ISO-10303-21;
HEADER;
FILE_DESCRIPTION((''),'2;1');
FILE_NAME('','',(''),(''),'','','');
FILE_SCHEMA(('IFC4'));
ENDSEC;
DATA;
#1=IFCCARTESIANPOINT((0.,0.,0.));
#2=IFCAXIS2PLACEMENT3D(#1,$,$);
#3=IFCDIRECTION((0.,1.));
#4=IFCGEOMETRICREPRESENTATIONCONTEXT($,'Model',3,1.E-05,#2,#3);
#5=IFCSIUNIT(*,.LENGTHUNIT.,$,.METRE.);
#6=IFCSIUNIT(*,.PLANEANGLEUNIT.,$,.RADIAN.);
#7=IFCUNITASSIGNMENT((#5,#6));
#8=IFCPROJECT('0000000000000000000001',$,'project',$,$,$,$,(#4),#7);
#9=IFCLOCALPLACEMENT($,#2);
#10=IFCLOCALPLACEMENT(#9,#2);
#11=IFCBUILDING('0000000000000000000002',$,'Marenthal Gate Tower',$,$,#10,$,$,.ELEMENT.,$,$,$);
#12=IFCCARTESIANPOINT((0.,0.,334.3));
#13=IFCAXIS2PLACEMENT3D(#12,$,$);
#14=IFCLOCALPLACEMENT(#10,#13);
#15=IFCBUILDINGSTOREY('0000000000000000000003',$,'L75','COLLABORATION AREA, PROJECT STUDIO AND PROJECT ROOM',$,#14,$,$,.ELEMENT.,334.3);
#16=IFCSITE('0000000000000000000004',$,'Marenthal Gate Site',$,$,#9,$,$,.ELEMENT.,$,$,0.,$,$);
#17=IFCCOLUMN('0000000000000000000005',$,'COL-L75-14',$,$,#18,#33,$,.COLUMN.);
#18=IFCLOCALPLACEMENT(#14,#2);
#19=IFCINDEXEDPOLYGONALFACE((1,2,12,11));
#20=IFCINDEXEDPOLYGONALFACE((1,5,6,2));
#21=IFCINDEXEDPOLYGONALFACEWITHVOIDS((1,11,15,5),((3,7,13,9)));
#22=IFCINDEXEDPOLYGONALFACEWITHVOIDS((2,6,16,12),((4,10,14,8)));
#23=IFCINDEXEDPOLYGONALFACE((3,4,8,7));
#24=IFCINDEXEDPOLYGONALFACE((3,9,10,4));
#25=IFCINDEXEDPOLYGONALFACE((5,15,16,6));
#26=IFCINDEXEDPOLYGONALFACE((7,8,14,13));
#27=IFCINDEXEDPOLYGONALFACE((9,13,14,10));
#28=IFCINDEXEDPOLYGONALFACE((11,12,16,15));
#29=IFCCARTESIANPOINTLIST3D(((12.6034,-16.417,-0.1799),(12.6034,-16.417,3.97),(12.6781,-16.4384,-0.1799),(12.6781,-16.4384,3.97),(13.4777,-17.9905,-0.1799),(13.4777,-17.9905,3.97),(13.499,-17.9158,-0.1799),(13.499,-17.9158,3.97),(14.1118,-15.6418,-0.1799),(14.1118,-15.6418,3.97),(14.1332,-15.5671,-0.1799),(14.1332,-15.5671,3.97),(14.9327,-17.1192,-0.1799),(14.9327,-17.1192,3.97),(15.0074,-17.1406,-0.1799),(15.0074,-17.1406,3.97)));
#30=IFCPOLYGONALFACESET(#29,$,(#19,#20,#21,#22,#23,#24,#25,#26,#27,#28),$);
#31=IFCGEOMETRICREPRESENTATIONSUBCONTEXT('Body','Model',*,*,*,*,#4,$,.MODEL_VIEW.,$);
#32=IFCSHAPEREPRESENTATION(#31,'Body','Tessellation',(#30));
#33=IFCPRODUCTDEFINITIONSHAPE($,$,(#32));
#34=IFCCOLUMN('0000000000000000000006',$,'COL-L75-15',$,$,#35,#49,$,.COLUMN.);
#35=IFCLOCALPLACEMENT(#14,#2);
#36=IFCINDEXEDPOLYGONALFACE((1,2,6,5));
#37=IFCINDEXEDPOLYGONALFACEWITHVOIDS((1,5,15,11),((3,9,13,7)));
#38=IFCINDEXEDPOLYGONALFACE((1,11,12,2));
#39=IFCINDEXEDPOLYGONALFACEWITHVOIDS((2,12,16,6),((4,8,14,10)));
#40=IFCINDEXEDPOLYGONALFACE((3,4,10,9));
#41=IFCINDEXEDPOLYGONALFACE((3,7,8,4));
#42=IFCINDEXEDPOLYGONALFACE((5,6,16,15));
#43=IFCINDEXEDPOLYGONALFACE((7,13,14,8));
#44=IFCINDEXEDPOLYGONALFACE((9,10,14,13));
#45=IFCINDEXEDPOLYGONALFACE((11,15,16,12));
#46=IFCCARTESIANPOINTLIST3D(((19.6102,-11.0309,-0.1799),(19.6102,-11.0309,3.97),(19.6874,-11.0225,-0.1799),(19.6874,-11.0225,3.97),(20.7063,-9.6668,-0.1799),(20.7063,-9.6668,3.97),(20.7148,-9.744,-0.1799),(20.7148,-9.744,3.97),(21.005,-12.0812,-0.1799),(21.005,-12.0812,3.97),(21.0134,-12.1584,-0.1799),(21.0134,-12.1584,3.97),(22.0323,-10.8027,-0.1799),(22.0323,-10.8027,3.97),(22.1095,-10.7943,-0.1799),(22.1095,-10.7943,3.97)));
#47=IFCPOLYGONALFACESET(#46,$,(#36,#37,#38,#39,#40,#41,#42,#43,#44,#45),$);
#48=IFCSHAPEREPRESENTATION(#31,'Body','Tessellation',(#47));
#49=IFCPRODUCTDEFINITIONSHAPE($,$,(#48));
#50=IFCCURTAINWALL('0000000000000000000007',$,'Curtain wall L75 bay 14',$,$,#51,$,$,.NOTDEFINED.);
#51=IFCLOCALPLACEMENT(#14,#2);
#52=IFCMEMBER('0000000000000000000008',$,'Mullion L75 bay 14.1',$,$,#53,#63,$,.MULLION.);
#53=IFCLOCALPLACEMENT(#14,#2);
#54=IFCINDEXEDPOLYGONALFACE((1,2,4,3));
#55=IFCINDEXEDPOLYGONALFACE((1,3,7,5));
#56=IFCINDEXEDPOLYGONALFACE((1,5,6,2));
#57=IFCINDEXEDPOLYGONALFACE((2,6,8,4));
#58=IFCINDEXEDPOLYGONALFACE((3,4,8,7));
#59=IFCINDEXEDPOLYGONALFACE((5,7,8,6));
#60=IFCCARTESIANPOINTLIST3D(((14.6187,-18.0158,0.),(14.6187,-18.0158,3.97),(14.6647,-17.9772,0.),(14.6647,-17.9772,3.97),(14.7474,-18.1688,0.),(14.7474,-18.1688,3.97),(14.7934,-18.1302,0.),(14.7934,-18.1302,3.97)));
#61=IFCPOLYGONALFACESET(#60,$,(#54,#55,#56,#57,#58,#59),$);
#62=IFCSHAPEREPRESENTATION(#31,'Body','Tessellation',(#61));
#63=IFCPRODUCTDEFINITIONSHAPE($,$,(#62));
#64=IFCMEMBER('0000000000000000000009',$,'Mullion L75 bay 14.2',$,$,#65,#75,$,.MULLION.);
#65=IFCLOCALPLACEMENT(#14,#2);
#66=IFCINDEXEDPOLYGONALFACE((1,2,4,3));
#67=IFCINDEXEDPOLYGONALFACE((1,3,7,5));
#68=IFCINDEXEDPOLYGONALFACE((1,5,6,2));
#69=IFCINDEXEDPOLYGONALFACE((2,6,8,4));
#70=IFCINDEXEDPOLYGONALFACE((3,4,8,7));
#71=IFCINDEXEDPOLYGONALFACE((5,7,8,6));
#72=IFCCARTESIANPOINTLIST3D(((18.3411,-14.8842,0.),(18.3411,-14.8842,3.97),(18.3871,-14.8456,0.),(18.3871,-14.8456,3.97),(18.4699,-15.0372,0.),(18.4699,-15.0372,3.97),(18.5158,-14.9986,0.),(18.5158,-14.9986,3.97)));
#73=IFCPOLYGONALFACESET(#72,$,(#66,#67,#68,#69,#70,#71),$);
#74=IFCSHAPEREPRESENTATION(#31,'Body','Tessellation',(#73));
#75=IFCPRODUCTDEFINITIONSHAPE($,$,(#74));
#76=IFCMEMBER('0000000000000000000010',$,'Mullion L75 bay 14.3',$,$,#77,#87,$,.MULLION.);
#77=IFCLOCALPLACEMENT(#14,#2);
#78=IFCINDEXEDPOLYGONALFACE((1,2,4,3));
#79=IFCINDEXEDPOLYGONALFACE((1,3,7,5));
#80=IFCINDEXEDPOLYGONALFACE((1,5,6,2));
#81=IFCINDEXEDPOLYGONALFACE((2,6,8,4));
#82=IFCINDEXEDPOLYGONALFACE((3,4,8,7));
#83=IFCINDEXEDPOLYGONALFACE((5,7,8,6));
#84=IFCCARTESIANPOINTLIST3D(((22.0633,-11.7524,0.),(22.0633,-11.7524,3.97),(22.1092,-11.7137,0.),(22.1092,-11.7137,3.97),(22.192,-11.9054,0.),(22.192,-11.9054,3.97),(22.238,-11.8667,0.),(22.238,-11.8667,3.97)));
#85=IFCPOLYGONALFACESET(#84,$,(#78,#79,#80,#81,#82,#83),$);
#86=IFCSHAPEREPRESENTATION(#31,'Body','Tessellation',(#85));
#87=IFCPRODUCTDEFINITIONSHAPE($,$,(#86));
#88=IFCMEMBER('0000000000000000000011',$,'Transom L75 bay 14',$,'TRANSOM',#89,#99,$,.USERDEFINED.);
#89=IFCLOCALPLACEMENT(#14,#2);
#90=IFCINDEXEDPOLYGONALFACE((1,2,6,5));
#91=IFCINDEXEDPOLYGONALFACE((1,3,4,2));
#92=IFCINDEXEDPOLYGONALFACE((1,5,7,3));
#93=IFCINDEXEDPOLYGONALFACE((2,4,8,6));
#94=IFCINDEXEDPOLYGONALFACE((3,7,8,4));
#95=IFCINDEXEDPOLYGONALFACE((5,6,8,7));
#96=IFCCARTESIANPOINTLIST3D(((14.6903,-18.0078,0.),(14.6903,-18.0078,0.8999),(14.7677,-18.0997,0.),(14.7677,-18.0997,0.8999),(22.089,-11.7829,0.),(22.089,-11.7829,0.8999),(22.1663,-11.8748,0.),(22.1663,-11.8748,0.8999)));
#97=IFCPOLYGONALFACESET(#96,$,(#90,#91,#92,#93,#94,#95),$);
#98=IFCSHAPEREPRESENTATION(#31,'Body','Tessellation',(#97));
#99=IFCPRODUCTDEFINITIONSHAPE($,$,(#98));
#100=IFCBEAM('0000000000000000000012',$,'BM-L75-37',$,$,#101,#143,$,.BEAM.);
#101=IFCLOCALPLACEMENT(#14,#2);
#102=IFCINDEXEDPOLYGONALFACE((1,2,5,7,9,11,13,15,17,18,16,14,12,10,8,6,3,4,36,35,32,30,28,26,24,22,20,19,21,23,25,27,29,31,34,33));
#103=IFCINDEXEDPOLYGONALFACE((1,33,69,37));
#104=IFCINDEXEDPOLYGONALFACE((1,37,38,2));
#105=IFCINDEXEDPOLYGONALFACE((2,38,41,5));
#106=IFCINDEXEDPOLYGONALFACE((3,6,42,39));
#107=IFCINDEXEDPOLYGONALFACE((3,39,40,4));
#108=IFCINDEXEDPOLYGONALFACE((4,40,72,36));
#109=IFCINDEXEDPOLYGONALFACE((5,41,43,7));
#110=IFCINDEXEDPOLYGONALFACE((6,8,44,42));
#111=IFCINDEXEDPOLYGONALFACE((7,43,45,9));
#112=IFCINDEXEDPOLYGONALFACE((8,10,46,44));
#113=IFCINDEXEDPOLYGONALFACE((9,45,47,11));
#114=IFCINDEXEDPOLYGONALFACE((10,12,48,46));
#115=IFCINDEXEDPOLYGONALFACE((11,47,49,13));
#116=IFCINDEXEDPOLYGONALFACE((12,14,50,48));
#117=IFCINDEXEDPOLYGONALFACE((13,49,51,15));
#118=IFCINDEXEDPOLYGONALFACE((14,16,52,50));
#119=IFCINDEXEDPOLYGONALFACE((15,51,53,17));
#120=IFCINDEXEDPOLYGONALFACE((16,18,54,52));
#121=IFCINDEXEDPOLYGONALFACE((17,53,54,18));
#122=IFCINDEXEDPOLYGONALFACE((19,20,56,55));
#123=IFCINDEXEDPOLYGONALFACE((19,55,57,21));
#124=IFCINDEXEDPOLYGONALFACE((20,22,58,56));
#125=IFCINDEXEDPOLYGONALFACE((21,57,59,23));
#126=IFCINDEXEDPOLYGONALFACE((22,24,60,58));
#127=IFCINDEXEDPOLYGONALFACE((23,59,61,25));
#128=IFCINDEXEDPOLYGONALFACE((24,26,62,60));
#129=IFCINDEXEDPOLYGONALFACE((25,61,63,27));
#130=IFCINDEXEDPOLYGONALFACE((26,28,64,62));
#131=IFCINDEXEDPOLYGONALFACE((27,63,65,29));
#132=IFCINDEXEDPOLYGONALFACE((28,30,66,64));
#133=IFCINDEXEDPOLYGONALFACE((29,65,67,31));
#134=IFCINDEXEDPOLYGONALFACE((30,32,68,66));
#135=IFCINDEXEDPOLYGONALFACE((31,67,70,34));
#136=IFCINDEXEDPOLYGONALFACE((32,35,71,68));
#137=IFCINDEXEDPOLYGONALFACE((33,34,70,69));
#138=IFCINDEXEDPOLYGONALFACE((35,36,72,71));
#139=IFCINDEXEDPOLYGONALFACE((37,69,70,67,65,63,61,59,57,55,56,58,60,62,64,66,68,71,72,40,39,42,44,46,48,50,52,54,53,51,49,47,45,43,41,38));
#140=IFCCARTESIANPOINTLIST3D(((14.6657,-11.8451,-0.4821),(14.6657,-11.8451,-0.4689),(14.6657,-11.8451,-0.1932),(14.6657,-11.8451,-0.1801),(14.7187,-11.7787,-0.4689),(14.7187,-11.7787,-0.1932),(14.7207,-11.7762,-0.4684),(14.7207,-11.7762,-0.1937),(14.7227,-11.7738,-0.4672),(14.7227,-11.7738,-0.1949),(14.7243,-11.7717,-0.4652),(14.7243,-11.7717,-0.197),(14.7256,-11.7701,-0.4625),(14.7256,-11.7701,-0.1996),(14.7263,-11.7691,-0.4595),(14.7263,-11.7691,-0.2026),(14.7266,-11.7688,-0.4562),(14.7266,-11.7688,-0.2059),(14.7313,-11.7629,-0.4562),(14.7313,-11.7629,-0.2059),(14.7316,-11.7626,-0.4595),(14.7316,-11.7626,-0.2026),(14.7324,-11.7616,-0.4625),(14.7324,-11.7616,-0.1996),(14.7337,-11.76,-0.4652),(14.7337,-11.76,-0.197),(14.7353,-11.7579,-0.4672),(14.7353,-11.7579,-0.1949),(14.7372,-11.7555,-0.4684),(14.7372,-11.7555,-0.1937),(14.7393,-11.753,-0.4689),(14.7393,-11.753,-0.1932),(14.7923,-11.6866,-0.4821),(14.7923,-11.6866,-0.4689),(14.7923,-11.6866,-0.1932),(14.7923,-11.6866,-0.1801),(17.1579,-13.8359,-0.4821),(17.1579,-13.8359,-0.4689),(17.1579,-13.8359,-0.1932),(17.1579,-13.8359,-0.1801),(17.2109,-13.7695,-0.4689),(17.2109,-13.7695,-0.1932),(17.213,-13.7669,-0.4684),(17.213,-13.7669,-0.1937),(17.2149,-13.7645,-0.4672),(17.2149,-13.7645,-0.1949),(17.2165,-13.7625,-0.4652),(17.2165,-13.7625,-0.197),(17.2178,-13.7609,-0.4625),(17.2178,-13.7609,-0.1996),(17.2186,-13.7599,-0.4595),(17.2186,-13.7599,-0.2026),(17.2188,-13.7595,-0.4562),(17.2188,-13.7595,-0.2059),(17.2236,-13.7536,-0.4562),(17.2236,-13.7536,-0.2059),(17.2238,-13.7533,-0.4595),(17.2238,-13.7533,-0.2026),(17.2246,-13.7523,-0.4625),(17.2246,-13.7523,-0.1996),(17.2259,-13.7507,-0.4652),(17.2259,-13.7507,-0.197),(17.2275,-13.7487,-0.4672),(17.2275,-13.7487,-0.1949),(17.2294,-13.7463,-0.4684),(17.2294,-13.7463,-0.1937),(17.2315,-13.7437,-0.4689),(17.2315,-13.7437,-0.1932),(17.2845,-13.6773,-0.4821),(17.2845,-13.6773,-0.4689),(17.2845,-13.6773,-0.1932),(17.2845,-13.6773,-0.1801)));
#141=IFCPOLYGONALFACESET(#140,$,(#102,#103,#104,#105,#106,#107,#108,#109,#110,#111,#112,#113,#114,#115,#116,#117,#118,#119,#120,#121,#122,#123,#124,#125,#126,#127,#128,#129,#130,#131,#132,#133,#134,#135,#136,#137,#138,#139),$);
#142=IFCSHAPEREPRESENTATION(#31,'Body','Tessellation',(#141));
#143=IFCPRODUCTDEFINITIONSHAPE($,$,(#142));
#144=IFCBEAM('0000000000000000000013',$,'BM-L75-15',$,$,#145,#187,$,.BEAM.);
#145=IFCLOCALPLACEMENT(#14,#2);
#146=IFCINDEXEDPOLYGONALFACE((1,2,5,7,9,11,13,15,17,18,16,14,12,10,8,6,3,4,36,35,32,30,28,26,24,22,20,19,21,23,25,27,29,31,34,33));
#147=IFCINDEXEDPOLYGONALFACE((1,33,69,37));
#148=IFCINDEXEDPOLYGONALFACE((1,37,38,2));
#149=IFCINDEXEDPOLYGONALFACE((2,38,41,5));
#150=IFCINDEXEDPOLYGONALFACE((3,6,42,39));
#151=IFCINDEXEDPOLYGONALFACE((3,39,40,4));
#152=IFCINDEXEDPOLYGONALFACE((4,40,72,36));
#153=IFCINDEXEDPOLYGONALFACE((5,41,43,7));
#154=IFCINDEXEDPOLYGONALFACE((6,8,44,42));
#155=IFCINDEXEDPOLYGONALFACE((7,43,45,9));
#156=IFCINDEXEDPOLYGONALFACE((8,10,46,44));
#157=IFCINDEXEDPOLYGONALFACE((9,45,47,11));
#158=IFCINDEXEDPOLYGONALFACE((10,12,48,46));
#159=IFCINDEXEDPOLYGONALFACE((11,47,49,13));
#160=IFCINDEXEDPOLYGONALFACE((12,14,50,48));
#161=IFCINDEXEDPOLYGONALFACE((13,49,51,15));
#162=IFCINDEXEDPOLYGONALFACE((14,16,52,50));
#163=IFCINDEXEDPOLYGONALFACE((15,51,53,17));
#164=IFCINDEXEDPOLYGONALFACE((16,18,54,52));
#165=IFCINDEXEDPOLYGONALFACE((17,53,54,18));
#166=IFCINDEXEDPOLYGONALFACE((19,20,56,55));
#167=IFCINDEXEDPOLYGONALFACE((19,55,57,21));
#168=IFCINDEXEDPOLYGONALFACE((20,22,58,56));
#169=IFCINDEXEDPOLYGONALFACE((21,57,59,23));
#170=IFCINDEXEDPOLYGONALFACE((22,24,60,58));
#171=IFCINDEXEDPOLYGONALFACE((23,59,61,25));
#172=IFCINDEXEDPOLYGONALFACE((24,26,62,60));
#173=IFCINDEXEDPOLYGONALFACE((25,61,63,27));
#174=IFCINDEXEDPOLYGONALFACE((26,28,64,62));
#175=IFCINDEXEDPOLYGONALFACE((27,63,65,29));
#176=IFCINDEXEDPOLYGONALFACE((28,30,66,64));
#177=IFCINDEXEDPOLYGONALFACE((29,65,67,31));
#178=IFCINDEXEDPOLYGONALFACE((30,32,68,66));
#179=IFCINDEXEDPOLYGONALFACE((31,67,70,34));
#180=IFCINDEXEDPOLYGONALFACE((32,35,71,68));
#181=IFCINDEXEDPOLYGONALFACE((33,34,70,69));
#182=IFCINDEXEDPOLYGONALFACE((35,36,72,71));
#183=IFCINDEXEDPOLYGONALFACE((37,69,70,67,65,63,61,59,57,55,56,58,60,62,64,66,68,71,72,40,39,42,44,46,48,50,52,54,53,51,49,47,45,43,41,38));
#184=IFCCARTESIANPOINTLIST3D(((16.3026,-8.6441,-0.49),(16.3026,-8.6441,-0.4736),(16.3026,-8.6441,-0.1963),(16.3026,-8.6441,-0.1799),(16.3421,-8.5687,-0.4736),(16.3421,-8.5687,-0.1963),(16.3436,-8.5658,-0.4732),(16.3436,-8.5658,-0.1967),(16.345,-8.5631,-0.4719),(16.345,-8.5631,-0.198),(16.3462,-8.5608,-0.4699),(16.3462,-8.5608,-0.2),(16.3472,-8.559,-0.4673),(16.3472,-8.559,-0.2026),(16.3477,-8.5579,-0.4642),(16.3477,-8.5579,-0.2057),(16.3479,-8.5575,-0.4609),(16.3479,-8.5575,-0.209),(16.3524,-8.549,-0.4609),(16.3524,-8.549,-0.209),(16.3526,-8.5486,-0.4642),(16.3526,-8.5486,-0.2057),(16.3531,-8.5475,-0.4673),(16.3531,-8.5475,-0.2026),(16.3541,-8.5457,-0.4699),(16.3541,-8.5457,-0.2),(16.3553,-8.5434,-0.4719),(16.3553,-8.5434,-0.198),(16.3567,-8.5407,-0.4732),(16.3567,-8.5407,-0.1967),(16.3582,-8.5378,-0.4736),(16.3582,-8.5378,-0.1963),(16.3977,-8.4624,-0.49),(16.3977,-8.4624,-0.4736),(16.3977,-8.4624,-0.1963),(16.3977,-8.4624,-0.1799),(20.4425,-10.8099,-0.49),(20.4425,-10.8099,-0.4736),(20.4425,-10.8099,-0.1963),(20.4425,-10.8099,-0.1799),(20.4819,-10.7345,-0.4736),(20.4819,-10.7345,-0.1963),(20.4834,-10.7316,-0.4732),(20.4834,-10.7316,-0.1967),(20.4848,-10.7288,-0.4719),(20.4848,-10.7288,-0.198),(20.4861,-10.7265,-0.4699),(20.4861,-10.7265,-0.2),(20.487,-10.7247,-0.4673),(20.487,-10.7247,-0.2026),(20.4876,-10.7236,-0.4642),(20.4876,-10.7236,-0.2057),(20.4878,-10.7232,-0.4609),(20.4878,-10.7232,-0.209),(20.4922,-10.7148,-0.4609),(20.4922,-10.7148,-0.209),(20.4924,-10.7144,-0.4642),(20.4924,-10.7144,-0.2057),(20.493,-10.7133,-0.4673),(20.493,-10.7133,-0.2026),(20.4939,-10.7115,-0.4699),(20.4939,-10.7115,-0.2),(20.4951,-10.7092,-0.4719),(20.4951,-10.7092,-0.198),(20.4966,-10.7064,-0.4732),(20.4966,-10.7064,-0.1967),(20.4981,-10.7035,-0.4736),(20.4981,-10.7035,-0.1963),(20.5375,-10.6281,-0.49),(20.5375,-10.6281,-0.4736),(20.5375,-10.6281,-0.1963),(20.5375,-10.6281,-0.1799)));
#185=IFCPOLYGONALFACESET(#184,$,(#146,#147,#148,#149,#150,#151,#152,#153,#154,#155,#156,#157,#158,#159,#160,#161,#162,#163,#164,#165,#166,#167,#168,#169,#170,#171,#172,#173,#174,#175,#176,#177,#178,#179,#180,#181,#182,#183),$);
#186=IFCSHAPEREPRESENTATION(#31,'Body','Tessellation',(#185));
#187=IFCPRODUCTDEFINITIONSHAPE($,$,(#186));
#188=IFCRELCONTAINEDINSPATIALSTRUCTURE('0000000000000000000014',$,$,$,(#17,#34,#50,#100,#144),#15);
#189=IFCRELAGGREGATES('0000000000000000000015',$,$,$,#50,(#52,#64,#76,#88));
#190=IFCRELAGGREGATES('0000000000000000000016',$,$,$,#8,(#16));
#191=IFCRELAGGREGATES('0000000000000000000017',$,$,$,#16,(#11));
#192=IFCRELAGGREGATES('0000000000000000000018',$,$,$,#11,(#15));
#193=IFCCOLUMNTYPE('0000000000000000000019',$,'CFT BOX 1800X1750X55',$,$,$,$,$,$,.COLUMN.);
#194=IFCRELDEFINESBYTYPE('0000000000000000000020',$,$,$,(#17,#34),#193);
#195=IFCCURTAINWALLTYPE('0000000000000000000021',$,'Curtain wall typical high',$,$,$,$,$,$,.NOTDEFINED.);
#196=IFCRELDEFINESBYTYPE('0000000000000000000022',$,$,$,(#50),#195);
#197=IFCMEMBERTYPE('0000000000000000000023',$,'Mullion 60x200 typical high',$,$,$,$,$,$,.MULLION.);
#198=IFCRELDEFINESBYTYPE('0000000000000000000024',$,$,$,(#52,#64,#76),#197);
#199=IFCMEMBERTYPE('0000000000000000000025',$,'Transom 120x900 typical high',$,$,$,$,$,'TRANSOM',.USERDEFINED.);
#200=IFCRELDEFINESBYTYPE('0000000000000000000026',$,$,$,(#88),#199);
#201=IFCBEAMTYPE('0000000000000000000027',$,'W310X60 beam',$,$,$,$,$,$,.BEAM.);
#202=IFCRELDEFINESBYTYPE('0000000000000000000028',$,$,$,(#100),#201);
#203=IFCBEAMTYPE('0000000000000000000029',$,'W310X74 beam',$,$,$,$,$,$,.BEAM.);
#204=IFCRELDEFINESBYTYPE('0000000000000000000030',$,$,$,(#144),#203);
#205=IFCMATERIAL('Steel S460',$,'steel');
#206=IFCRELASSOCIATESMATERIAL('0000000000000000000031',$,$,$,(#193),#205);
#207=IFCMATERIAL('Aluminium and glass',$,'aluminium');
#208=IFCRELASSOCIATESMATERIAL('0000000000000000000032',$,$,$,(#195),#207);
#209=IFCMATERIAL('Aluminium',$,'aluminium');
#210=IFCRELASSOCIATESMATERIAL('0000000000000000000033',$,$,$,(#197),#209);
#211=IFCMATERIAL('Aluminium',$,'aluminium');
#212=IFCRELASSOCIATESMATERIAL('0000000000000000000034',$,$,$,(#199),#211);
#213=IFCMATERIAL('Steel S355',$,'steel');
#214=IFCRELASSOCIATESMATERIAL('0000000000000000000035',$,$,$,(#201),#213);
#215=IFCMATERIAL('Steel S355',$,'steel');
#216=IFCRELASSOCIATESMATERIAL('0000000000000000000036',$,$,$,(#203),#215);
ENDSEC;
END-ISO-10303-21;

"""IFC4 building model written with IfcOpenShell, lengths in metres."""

from ifc_helpers import new_model, si_unit, direction, frame, origin, origin_2d, place, context, subcontext, project, spatial, rectangle, hollow_rectangle, i_section, extrude, material, material_profile, profile_set, type_object, element, aggregate, save


model = new_model("IFC4")

# Units and contexts
model_context = context("Model", 3, precision=1e-05, world=origin(), true_north=direction((0.0, 1.0)))
body_context = subcontext(model_context, "Body", "Model", "MODEL_VIEW")
ifc_project = project(units=[si_unit("LENGTHUNIT", "METRE"), si_unit("PLANEANGLEUNIT", "RADIAN")], contexts=[model_context])

# Site, building, storey
site_placement = place(None, origin())
site = spatial("IfcSite", under=ifc_project, at=site_placement, Name="Marenthal Gate Site", CompositionType="ELEMENT", RefElevation=0.0)
building_placement = place(site_placement, origin())
building = spatial("IfcBuilding", under=site, at=building_placement, Name="Marenthal Gate Tower", CompositionType="ELEMENT")
storey_placement = place(building_placement, frame((0.0, 0.0, 334.3)))
storey = spatial("IfcBuildingStorey", under=building, at=storey_placement, Name="L75", Description="COLLABORATION AREA, PROJECT STUDIO AND PROJECT ROOM", CompositionType="ELEMENT", Elevation=334.3)

# Columns
ifc_material_1 = material(Name="Steel S460", Category="steel")
ifc_material_profile_1 = material_profile(ifc_material_1, hollow_rectangle(XDim=1.75, YDim=1.8, WallThickness=0.0549, at=origin_2d()), Name="CFT BOX 1800X1750X55")
ifc_material_2 = material(Name="Concrete 70 MPa", Category="concrete")
ifc_material_profile_2 = material_profile(ifc_material_2, rectangle(XDim=1.6399, YDim=1.6899, at=origin_2d()), Name="CFT BOX 1800X1750X55 INFILL")
ifc_profile_set_1 = profile_set([ifc_material_profile_1, ifc_material_profile_2], Name="Steel S460 shell, Concrete 70 MPa infill")
column_type = type_object("IfcColumnType", Name="CFT BOX 1800X1750X55", PredefinedType="COLUMN", material=ifc_profile_set_1)
for number, where, z_axis, x_axis, name in (
    (1, (13.8054, -16.7788, -0.1799), (0.0, 0.0, 1.0), (-0.874131, -0.48569, 0.0), "COL-L75-14"),
    (2, (20.8599, -10.9126, -0.1799), (0.0, 0.0, 1.0), (-0.626371, -0.779525, 0.0), "COL-L75-15"),
):
    element("IfcColumn", number, at=place(storey_placement, frame(where, z_axis=z_axis, x_axis=x_axis)), inside=storey, type_object=column_type, Name=name, PredefinedType="COLUMN", context=body_context, shape_type="SweptSolid", body=[
        extrude(hollow_rectangle(XDim=1.75, YDim=1.8, WallThickness=0.0549, at=origin_2d()), origin(), (0.0, 0.0, 1.0), 4.1499),
    ])

# Curtain wall, members
ifc_material_3 = material(Name="Aluminium and glass", Category="aluminium")
curtain_wall_type = type_object("IfcCurtainWallType", Name="Curtain wall typical high", PredefinedType="NOTDEFINED", material=ifc_material_3)
curtain_wall_placement = place(storey_placement, origin())
curtain_wall = element("IfcCurtainWall", 3, at=curtain_wall_placement, inside=storey, type_object=curtain_wall_type, Name="Curtain wall L75 bay 14", PredefinedType="NOTDEFINED")
ifc_material_4 = material(Name="Aluminium", Category="aluminium")
ifc_material_profile_3 = material_profile(ifc_material_4, rectangle(XDim=0.2, YDim=0.0601, at=origin_2d()), Name="60x200 aluminium mullion")
ifc_profile_set_2 = profile_set([ifc_material_profile_3], Name="Aluminium")
member_type_1 = type_object("IfcMemberType", Name="Mullion 60x200 typical high", PredefinedType="MULLION", material=ifc_profile_set_2)
member_1_placement = place(storey_placement, frame((14.7061, -18.073, 0.0), z_axis=(0.0, 0.0, 1.0), x_axis=(-0.643801, 0.765193, 0.0)))
member_1 = element("IfcMember", 4, at=member_1_placement, type_object=member_type_1, Name="Mullion L75 bay 14.1", PredefinedType="MULLION", context=body_context, shape_type="SweptSolid", body=[
    extrude(rectangle(XDim=0.2, YDim=0.0601, at=origin_2d()), origin(), (0.0, 0.0, 1.0), 3.97),
])
member_2_placement = place(storey_placement, frame((18.4285, -14.9414, 0.0), z_axis=(0.0, 0.0, 1.0), x_axis=(-0.643801, 0.765193, 0.0)))
member_2 = element("IfcMember", 5, at=member_2_placement, type_object=member_type_1, Name="Mullion L75 bay 14.2", PredefinedType="MULLION", context=body_context, shape_type="SweptSolid", body=[
    extrude(rectangle(XDim=0.2, YDim=0.0601, at=origin_2d()), origin(), (0.0, 0.0, 1.0), 3.97),
])
member_3_placement = place(storey_placement, frame((22.1506, -11.8096, 0.0), z_axis=(0.0, 0.0, 1.0), x_axis=(-0.643801, 0.765193, 0.0)))
member_3 = element("IfcMember", 6, at=member_3_placement, type_object=member_type_1, Name="Mullion L75 bay 14.3", PredefinedType="MULLION", context=body_context, shape_type="SweptSolid", body=[
    extrude(rectangle(XDim=0.2, YDim=0.0601, at=origin_2d()), origin(), (0.0, 0.0, 1.0), 3.97),
])
ifc_material_5 = material(Name="Aluminium", Category="aluminium")
ifc_material_profile_4 = material_profile(ifc_material_5, rectangle(XDim=0.1201, YDim=0.8999, at=origin_2d()), Name="120x900 aluminium transom")
ifc_profile_set_3 = profile_set([ifc_material_profile_4], Name="Aluminium")
member_type_2 = type_object("IfcMemberType", Name="Transom 120x900 typical high", ElementType="TRANSOM", PredefinedType="USERDEFINED", material=ifc_profile_set_3)
member_4_placement = place(storey_placement, frame((14.729, -18.0537, 0.45), z_axis=(0.765197, 0.643796, 0.0), x_axis=(-0.643796, 0.765197, 0.0)))
member_4 = element("IfcMember", 7, at=member_4_placement, type_object=member_type_2, Name="Transom L75 bay 14", ObjectType="TRANSOM", PredefinedType="USERDEFINED", context=body_context, shape_type="SweptSolid", body=[
    extrude(rectangle(XDim=0.1201, YDim=0.8999, at=origin_2d()), origin(), (0.0, 0.0, 1.0), 9.6689),
])

# Beams
ifc_material_6 = material(Name="Steel S355", Category="steel")
ifc_material_profile_5 = material_profile(ifc_material_6, i_section(OverallWidth=0.2029, OverallDepth=0.302, WebThickness=0.0076, FlangeThickness=0.0132, FilletRadius=0.0127, at=origin_2d()), Name="W310X60")
ifc_profile_set_4 = profile_set([ifc_material_profile_5], Name="Steel S355")
beam_type_1 = type_object("IfcBeamType", Name="W310X60 beam", PredefinedType="BEAM", material=ifc_profile_set_4)
beam_1_placement = place(storey_placement, frame((17.2212, -13.7566, -0.3311), z_axis=(-0.781332, 0.624116, 0.0), x_axis=(-0.624116, -0.781332, 0.0)))
element("IfcBeam", 8, at=beam_1_placement, inside=storey, type_object=beam_type_1, Name="BM-L75-37", PredefinedType="BEAM", context=body_context, shape_type="SweptSolid", body=[
    extrude(i_section(OverallWidth=0.2029, OverallDepth=0.302, WebThickness=0.0076, FlangeThickness=0.0132, FilletRadius=0.0127, at=origin_2d()), origin(), (0.0, 0.0, 1.0), 3.1897),
])
ifc_material_7 = material(Name="Steel S355", Category="steel")
ifc_material_profile_6 = material_profile(ifc_material_7, i_section(OverallWidth=0.2051, OverallDepth=0.3101, WebThickness=0.0095, FlangeThickness=0.0164, FilletRadius=0.0127, at=origin_2d()), Name="W310X74")
ifc_profile_set_5 = profile_set([ifc_material_profile_6], Name="Steel S355")
beam_type_2 = type_object("IfcBeamType", Name="W310X74 beam", PredefinedType="BEAM", material=ifc_profile_set_5)
beam_2_placement = place(storey_placement, frame((20.49, -10.719, -0.335), z_axis=(-0.886073, 0.463546, 0.0), x_axis=(-0.463546, -0.886073, 0.0)))
element("IfcBeam", 9, at=beam_2_placement, inside=storey, type_object=beam_type_2, Name="BM-L75-15", PredefinedType="BEAM", context=body_context, shape_type="SweptSolid", body=[
    extrude(i_section(OverallWidth=0.2051, OverallDepth=0.3101, WebThickness=0.0095, FlangeThickness=0.0164, FilletRadius=0.0127, at=origin_2d()), origin(), (0.0, 0.0, 1.0), 4.6721),
])

aggregate(curtain_wall, [member_1, member_2, member_3, member_4])

save(model, "model.ifc")
